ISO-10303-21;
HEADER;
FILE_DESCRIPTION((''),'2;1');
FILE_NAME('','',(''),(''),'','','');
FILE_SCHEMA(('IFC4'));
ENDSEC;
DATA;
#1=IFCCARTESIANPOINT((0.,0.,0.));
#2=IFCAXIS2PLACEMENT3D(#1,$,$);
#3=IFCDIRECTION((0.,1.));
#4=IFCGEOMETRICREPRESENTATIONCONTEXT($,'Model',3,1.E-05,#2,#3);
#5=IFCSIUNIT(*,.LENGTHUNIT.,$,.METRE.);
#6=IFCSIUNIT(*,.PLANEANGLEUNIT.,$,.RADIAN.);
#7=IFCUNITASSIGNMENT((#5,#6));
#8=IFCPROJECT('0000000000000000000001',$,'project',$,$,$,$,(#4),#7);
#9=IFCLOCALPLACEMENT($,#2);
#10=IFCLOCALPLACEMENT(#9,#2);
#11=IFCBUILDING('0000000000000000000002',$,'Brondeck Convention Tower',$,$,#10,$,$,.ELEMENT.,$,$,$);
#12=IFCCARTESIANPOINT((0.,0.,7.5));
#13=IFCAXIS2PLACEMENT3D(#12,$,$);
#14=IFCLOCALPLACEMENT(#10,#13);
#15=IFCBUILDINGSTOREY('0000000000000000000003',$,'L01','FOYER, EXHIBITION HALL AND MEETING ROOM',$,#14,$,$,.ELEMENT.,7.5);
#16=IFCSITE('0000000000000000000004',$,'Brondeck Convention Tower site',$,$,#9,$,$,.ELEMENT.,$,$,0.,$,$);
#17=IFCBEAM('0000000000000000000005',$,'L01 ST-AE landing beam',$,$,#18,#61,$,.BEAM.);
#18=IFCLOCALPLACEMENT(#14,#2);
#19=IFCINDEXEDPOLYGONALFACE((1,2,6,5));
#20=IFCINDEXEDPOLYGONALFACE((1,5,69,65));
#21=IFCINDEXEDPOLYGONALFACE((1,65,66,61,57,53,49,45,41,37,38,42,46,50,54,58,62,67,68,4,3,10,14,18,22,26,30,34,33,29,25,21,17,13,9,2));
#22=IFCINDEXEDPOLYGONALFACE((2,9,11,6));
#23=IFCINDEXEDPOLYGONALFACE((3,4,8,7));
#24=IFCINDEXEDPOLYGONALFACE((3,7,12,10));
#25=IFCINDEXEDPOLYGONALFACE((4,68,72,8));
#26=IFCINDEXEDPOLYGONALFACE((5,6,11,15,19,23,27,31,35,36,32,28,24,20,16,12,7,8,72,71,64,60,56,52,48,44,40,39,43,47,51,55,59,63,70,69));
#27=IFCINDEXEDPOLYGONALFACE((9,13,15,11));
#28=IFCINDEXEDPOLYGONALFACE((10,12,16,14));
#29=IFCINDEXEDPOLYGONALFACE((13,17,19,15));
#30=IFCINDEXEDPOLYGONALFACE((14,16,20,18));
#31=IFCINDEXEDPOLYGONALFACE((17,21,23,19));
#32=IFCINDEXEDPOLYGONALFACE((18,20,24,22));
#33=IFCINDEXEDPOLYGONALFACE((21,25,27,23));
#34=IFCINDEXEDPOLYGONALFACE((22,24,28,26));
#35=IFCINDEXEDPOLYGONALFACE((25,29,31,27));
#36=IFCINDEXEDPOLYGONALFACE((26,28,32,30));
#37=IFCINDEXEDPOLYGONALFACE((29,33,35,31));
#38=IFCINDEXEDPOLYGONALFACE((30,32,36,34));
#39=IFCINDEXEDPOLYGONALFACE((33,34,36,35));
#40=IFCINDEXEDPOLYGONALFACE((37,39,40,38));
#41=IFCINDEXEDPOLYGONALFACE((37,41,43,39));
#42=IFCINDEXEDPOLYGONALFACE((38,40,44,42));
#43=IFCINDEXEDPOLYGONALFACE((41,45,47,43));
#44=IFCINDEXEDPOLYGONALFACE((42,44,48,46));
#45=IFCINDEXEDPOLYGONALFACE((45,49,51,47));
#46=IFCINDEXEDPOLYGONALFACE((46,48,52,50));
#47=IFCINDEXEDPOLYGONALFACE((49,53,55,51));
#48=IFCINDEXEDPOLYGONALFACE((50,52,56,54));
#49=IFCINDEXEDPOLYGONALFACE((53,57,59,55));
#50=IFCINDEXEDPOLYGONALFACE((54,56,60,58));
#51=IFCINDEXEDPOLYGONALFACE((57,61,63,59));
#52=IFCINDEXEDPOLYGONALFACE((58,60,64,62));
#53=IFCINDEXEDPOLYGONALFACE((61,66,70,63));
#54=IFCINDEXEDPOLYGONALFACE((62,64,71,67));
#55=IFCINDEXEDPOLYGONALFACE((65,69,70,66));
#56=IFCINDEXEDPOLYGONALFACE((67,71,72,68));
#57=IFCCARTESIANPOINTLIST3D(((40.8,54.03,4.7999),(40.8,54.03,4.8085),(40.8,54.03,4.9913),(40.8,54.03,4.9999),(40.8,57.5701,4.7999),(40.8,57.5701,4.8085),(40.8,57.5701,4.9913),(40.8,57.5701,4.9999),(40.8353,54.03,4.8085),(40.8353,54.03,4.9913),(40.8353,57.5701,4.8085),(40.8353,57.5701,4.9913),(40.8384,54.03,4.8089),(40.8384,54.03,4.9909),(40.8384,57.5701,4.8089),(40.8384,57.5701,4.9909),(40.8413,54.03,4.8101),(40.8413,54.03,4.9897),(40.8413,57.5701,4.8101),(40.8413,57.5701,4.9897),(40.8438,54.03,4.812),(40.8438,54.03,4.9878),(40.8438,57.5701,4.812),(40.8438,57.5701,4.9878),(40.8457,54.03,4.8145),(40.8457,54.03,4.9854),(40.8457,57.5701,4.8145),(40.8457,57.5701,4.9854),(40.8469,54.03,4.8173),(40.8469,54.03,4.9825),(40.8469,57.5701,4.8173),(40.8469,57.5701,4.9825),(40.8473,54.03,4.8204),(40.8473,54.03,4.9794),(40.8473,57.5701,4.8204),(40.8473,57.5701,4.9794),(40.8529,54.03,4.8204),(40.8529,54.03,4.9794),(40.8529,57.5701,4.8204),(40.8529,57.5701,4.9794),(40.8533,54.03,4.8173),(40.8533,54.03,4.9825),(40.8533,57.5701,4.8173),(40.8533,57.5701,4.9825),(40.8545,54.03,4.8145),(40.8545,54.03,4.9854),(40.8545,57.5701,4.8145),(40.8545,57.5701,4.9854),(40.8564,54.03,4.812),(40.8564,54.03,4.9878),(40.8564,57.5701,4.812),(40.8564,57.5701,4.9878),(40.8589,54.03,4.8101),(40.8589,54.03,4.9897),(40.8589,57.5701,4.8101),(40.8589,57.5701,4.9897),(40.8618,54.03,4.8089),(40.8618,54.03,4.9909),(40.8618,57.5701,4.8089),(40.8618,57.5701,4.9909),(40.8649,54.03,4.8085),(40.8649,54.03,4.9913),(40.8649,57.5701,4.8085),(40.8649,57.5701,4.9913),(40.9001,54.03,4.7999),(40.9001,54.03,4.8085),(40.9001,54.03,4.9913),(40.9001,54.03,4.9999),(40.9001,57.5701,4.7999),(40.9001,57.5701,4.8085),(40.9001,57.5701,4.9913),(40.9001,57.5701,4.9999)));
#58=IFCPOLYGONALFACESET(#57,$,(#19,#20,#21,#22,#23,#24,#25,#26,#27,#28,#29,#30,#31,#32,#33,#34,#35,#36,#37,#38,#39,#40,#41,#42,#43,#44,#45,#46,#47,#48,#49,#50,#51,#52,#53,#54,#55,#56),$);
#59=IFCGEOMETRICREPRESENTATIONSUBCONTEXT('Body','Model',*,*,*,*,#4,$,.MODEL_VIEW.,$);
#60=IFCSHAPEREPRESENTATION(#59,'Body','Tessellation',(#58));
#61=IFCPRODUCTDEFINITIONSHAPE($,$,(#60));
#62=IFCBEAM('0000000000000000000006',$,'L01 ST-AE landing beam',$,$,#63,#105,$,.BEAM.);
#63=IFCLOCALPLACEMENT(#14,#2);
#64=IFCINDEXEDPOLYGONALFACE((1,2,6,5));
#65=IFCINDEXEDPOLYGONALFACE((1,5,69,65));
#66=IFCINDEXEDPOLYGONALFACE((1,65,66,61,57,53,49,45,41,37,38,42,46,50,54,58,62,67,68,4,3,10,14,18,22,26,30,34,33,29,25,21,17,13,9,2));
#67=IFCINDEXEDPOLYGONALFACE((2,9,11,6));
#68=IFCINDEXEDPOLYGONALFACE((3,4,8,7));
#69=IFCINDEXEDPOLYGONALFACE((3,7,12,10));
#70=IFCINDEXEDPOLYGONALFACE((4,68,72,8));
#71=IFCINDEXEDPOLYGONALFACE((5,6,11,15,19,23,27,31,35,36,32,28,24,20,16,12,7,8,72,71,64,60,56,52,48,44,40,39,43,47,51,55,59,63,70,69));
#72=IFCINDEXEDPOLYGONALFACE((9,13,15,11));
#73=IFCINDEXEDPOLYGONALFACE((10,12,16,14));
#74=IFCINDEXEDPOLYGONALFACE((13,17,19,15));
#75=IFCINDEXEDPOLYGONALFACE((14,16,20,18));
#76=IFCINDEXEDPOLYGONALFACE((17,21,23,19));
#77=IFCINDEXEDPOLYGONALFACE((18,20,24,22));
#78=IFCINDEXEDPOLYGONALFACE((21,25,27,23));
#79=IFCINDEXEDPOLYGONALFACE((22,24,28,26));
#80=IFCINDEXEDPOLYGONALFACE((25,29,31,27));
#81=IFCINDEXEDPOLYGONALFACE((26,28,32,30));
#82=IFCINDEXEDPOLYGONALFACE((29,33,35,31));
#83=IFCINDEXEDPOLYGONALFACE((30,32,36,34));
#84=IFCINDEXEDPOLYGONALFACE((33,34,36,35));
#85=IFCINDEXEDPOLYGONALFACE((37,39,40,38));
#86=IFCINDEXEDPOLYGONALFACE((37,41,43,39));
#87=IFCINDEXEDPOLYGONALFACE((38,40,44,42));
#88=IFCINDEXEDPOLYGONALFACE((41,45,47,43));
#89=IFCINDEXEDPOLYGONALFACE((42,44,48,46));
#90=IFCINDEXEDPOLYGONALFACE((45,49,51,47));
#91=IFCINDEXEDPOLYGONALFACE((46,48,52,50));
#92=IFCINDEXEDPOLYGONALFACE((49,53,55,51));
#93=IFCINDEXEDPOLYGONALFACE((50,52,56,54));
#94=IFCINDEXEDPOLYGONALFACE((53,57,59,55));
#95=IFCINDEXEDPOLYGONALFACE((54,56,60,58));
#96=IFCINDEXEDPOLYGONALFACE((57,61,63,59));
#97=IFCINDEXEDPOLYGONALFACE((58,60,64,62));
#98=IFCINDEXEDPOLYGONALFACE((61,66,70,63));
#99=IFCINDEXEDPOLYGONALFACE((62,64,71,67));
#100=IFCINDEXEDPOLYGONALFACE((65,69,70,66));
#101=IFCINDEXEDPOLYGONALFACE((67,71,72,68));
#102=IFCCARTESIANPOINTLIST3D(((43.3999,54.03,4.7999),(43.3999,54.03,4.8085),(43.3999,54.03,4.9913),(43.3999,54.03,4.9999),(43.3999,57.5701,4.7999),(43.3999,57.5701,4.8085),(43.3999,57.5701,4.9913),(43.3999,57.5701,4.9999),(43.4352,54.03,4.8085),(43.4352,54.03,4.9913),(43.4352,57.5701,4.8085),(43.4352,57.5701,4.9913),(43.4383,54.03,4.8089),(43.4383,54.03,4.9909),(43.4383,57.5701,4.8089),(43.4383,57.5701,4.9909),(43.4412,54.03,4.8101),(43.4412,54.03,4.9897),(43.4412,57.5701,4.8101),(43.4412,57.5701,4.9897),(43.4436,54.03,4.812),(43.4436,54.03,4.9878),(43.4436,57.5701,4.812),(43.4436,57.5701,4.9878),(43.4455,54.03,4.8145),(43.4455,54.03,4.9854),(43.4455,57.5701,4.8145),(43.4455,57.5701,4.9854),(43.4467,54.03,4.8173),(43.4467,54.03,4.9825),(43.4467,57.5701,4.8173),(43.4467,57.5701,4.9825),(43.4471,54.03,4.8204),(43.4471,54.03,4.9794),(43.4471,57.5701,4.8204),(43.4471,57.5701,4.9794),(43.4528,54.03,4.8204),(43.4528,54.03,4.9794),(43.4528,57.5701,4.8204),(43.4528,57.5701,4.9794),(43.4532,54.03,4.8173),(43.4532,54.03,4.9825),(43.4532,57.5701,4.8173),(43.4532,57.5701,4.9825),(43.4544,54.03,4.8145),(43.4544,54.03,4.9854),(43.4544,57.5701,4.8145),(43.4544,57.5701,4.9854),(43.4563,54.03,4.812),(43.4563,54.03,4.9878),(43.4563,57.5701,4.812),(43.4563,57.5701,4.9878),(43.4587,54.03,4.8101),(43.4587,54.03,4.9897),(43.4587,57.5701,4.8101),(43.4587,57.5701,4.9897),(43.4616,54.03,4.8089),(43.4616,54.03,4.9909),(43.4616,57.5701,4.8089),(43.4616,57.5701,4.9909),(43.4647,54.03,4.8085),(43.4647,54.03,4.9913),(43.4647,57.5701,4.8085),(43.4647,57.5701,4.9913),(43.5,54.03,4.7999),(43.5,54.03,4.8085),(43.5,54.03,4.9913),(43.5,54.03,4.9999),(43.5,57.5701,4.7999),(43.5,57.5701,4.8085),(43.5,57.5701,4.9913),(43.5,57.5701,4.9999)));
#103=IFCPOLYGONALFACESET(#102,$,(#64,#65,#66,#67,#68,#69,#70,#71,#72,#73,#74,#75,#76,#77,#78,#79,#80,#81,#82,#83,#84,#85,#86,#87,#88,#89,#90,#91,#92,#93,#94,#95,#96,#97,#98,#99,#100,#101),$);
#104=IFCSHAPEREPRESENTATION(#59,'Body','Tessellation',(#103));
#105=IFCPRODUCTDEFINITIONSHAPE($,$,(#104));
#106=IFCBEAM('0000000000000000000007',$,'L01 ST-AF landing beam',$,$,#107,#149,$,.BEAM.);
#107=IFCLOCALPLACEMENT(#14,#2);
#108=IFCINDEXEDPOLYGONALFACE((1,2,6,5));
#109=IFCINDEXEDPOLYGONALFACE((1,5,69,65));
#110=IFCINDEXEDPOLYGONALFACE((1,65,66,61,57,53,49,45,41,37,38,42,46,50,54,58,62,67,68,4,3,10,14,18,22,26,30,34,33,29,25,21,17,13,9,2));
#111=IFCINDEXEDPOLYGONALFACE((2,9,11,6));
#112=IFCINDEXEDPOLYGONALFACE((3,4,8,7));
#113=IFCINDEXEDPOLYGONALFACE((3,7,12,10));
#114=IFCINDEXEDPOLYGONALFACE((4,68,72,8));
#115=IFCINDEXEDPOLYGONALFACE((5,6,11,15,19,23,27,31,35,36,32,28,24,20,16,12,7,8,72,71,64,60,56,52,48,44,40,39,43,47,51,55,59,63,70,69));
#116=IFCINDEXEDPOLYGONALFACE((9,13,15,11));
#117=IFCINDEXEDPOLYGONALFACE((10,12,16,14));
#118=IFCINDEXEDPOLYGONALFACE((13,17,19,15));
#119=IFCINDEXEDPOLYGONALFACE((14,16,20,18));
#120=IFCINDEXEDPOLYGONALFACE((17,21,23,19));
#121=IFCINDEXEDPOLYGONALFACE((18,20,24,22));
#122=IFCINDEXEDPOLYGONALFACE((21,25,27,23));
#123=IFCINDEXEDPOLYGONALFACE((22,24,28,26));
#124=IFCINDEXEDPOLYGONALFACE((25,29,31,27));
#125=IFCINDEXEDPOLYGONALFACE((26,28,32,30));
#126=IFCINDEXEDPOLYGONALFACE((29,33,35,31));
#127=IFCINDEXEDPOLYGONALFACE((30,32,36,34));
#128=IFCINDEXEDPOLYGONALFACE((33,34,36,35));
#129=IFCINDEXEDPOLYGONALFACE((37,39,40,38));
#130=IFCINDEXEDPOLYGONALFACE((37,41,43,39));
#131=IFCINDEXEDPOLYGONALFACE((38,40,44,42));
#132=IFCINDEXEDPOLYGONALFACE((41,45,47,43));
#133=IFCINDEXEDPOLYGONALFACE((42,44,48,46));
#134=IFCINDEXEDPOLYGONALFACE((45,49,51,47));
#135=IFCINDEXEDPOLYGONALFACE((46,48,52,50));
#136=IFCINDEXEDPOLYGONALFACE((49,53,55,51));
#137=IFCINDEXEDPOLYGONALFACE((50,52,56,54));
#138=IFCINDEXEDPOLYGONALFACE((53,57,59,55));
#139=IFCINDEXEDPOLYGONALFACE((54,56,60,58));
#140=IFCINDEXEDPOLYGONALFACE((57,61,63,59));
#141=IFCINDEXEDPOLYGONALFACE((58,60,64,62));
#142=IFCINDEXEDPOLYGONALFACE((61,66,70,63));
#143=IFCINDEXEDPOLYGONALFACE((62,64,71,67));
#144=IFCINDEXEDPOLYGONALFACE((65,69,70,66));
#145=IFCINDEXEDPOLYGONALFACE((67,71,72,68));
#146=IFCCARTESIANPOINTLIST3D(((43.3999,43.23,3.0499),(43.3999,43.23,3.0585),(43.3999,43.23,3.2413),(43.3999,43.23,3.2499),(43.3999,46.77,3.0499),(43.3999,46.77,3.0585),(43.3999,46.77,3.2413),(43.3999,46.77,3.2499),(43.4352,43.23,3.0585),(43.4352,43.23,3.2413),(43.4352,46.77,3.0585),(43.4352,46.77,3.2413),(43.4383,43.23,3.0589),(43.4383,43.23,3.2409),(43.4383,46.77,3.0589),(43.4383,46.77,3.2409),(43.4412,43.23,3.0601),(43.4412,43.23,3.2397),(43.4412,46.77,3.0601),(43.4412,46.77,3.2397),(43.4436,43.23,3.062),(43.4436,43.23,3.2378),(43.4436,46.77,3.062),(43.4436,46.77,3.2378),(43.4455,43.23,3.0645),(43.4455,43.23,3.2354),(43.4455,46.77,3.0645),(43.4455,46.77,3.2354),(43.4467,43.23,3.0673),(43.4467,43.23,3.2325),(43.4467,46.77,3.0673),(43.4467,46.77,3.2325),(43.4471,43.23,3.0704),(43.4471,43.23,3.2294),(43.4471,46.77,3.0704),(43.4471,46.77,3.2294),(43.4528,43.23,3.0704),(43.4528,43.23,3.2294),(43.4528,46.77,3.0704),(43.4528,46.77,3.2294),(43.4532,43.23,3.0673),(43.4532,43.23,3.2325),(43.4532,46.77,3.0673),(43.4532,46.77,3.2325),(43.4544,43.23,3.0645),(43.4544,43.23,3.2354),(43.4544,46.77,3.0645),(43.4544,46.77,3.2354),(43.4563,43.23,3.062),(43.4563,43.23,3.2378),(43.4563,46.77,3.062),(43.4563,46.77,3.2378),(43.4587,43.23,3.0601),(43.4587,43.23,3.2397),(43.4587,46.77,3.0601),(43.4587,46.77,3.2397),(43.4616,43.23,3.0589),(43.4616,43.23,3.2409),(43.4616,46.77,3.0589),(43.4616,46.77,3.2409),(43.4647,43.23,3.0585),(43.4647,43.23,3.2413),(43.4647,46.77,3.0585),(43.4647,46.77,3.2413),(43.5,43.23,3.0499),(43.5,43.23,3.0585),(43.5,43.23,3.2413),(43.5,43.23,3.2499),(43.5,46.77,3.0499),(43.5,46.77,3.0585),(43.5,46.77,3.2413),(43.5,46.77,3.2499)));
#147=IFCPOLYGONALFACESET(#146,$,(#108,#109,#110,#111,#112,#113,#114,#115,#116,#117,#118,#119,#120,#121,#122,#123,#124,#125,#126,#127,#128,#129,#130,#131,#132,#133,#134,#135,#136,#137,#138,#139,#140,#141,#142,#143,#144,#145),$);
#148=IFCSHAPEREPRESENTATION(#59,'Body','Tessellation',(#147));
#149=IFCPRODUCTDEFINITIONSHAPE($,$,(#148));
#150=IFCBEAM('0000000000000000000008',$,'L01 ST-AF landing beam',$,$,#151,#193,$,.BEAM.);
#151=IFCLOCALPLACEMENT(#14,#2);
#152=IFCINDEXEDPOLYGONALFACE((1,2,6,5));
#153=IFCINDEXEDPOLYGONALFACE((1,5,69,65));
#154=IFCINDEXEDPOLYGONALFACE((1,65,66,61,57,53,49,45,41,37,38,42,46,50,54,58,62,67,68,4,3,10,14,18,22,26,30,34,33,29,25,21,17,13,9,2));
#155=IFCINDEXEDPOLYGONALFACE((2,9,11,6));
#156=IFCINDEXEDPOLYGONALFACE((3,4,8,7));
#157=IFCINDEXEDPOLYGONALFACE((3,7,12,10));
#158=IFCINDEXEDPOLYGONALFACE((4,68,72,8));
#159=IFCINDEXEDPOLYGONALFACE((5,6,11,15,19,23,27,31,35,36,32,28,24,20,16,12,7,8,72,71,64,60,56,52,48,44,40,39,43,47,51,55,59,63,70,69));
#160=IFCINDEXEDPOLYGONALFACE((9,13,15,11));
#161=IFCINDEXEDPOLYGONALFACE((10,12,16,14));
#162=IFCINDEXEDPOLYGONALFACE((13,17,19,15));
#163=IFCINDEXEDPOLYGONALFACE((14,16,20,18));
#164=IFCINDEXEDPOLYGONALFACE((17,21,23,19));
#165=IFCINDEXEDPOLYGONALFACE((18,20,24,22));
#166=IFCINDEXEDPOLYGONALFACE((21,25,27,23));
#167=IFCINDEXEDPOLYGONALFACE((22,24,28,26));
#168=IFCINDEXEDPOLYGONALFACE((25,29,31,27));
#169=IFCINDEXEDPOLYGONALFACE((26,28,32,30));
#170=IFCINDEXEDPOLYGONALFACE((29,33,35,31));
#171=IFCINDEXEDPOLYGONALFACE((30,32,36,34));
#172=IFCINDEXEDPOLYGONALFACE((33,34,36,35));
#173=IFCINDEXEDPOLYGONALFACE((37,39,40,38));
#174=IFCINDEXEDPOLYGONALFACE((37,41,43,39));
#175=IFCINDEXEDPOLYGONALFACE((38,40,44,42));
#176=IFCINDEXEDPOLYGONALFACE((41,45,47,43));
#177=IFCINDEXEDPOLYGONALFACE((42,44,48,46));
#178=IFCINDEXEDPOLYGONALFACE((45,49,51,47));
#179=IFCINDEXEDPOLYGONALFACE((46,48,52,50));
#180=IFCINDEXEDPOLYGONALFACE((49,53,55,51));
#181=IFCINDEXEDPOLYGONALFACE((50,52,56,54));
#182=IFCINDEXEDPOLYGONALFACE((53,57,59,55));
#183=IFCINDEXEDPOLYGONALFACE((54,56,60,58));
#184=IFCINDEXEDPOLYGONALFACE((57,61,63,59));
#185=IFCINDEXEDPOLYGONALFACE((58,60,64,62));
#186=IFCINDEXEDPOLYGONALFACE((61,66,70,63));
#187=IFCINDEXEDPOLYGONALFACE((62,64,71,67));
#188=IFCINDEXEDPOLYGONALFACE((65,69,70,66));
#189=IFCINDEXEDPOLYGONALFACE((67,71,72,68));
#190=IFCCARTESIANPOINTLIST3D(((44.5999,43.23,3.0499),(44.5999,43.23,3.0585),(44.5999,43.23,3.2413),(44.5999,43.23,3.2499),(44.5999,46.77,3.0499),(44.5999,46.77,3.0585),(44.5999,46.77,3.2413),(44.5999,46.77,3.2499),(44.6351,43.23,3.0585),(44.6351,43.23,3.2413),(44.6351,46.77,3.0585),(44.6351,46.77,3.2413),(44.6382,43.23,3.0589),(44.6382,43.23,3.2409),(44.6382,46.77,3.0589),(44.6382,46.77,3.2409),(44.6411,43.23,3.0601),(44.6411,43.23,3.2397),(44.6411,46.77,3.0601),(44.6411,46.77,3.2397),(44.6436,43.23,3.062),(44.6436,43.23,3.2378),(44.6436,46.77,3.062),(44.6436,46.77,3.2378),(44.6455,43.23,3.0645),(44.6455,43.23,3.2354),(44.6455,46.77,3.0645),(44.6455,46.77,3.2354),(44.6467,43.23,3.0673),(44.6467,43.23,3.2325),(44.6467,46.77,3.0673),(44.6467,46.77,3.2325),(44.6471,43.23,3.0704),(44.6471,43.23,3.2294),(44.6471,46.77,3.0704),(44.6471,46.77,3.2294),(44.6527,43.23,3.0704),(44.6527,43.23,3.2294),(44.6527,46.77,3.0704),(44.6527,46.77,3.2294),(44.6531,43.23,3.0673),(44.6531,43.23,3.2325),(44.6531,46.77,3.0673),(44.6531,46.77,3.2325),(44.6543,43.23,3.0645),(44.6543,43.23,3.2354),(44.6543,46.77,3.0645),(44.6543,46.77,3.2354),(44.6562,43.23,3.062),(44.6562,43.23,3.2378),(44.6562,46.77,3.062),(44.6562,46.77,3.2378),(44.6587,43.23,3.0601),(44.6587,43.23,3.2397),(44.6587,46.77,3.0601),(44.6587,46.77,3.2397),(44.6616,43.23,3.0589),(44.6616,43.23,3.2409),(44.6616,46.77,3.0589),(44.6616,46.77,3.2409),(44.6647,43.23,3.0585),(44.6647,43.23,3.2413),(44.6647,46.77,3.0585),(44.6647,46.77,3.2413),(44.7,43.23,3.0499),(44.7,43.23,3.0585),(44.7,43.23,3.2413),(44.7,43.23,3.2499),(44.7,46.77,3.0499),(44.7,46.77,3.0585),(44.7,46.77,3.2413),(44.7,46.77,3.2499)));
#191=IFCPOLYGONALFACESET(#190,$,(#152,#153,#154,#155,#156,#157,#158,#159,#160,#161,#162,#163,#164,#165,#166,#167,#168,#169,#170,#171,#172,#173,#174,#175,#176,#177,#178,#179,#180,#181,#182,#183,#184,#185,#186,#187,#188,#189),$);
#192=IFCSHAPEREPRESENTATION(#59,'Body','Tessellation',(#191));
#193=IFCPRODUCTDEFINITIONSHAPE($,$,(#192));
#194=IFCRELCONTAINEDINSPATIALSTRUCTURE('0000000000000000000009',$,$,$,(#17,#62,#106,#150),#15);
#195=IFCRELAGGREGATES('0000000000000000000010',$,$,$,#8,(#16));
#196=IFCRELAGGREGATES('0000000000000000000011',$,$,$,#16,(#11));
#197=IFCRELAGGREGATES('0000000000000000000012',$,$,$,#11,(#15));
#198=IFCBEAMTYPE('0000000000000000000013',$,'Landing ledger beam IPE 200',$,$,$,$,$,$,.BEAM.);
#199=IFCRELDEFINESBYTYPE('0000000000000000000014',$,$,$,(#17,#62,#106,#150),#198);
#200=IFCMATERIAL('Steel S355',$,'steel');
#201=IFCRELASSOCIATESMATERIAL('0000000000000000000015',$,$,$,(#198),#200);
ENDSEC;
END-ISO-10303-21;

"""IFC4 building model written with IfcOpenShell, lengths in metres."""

from ifc_helpers import new_model, si_unit, direction, frame, origin, origin_2d, place, context, subcontext, project, spatial, i_section, extrude, material, material_profile, profile_set, type_object, element, save


model = new_model("IFC4")

# Units and contexts
model_context = context("Model", 3, precision=1e-05, world=origin(), true_north=direction((0.0, 1.0)))
body_context = subcontext(model_context, "Body", "Model", "MODEL_VIEW")
ifc_project = project(units=[si_unit("LENGTHUNIT", "METRE"), si_unit("PLANEANGLEUNIT", "RADIAN")], contexts=[model_context])

# Site, building, storey
site_placement = place(None, origin())
site = spatial("IfcSite", under=ifc_project, at=site_placement, Name="Brondeck Convention Tower site", CompositionType="ELEMENT", RefElevation=0.0)
building_placement = place(site_placement, origin())
building = spatial("IfcBuilding", under=site, at=building_placement, Name="Brondeck Convention Tower", CompositionType="ELEMENT")
storey_placement = place(building_placement, frame((0.0, 0.0, 7.5)))
storey = spatial("IfcBuildingStorey", under=building, at=storey_placement, Name="L01", Description="FOYER, EXHIBITION HALL AND MEETING ROOM", CompositionType="ELEMENT", Elevation=7.5)

# Beams
ifc_material_1 = material(Name="Steel S355", Category="steel")
ifc_material_profile_1 = material_profile(ifc_material_1, i_section(OverallWidth=0.1001, OverallDepth=0.2, WebThickness=0.0056, FlangeThickness=0.0085, FilletRadius=0.012, at=origin_2d()), Name="IPE200")
ifc_profile_set_1 = profile_set([ifc_material_profile_1], Name="Steel S355")
beam_type_1 = type_object("IfcBeamType", Name="Landing ledger beam IPE 200", PredefinedType="BEAM", material=ifc_profile_set_1)
for number, where, z_axis, x_axis, name in (
    (1, (40.8501, 54.03, 4.8999), (0.0, 1.0, 0.0), (-1.0, 0.0, 0.0), "L01 ST-AE landing beam"),
    (2, (43.45, 54.03, 4.8999), (0.0, 1.0, 0.0), (-1.0, 0.0, 0.0), "L01 ST-AE landing beam"),
    (3, (43.45, 43.23, 3.1499), (0.0, 1.0, 0.0), (-1.0, 0.0, 0.0), "L01 ST-AF landing beam"),
    (4, (44.6499, 43.23, 3.1499), (0.0, 1.0, 0.0), (-1.0, 0.0, 0.0), "L01 ST-AF landing beam"),
):
    element("IfcBeam", number, at=place(storey_placement, frame(where, z_axis=z_axis, x_axis=x_axis)), inside=storey, type_object=beam_type_1, Name=name, PredefinedType="BEAM", context=body_context, shape_type="SweptSolid", body=[
        extrude(i_section(OverallWidth=0.1001, OverallDepth=0.2, WebThickness=0.0056, FlangeThickness=0.0085, FilletRadius=0.012, at=origin_2d()), origin(), (0.0, 0.0, 1.0), 3.54),
    ])

save(model, "model.ifc")
